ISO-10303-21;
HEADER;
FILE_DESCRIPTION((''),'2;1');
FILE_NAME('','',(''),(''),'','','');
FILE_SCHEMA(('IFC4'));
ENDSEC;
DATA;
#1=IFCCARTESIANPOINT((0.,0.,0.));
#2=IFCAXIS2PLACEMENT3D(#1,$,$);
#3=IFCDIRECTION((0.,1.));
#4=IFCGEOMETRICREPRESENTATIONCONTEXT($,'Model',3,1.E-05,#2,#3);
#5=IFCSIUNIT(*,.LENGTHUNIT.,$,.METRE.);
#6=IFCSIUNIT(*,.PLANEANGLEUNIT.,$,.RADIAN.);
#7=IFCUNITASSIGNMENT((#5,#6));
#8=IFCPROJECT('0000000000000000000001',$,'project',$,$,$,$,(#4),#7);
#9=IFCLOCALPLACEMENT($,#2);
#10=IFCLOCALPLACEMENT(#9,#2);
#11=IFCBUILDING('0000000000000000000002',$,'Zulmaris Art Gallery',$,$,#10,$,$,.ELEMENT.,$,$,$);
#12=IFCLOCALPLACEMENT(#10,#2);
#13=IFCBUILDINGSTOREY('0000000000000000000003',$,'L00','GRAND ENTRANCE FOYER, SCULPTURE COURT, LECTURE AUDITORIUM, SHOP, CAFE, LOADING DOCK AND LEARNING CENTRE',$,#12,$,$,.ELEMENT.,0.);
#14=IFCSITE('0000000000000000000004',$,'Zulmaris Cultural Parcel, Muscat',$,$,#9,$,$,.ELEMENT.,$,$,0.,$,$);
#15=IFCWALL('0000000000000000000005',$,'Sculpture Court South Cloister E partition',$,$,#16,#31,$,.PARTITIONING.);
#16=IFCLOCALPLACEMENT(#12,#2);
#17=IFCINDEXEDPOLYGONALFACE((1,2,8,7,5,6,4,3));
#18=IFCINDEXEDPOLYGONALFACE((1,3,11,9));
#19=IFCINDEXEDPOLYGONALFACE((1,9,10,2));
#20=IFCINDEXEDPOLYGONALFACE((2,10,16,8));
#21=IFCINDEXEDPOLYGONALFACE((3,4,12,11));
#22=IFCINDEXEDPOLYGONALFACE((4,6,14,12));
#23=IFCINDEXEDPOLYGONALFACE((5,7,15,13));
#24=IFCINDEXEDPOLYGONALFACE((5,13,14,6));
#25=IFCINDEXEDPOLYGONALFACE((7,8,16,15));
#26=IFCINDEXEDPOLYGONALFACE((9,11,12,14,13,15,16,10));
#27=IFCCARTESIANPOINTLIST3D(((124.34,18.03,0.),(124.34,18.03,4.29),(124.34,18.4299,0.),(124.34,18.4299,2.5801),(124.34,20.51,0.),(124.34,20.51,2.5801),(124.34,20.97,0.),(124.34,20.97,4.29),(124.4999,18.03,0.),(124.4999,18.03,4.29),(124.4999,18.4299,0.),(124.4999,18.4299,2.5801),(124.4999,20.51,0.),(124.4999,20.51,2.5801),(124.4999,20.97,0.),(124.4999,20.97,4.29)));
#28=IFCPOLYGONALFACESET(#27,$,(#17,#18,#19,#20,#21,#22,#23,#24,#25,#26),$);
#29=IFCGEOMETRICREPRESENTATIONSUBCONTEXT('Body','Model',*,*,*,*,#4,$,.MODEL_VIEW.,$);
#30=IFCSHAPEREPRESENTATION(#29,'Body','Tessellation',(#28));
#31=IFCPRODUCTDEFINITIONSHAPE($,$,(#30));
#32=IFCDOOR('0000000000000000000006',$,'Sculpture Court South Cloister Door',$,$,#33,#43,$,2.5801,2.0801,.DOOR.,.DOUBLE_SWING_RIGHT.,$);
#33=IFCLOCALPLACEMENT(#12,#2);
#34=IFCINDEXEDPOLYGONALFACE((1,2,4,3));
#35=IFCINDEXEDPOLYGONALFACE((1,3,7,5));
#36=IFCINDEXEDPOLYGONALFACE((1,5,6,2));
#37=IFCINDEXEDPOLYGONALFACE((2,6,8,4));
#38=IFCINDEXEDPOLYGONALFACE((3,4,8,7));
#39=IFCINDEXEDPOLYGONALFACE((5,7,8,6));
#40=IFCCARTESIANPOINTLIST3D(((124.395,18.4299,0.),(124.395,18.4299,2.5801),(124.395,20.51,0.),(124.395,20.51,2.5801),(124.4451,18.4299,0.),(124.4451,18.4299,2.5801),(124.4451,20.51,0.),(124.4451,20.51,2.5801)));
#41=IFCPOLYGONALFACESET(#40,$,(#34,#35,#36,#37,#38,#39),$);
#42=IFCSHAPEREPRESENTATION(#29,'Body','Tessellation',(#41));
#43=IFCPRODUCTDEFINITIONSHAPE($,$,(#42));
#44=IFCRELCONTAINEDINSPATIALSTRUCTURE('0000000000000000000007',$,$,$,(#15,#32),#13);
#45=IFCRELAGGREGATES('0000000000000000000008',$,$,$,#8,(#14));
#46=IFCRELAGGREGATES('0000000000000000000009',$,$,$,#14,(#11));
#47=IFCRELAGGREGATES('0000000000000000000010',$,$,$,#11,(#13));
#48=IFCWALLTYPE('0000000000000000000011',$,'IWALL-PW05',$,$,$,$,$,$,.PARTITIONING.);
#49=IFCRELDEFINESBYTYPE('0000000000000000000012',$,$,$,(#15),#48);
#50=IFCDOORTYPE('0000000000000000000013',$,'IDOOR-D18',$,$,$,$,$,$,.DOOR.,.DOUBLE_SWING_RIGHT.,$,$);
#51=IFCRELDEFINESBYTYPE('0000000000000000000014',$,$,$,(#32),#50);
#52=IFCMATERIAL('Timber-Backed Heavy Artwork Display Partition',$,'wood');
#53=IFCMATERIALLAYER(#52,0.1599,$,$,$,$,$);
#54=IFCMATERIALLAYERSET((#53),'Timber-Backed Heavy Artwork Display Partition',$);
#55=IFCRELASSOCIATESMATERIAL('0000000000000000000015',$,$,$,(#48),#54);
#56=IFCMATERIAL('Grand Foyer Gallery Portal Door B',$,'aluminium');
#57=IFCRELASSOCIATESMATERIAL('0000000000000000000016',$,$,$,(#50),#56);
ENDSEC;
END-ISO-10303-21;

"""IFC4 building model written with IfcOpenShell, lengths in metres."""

from ifc_helpers import new_model, si_unit, direction, frame, frame_2d, origin, place, context, subcontext, project, spatial, rectangle, extrude, material, layer, layer_set, type_object, element, fill, save


model = new_model("IFC4")

# Units and contexts
model_context = context("Model", 3, precision=1e-05, world=origin(), true_north=direction((0.0, 1.0)))
body_context = subcontext(model_context, "Body", "Model", "MODEL_VIEW")
ifc_project = project(units=[si_unit("LENGTHUNIT", "METRE"), si_unit("PLANEANGLEUNIT", "RADIAN")], contexts=[model_context])

# Site, building, storey
site_placement = place(None, origin())
site = spatial("IfcSite", under=ifc_project, at=site_placement, Name="Zulmaris Cultural Parcel, Muscat", CompositionType="ELEMENT", RefElevation=0.0)
building_placement = place(site_placement, origin())
building = spatial("IfcBuilding", under=site, at=building_placement, Name="Zulmaris Art Gallery", CompositionType="ELEMENT")
storey_placement = place(building_placement, origin())
storey = spatial("IfcBuildingStorey", under=building, at=storey_placement, Name="L00", Description="GRAND ENTRANCE FOYER, SCULPTURE COURT, LECTURE AUDITORIUM, SHOP, CAFE, LOADING DOCK AND LEARNING CENTRE", CompositionType="ELEMENT", Elevation=0.0)

# Wall, opening, door
ifc_material_1 = material(Name="Timber-Backed Heavy Artwork Display Partition", Category="wood")
ifc_layer_1 = layer(ifc_material_1, 0.1599)
ifc_layer_set_1 = layer_set([ifc_layer_1], Name="Timber-Backed Heavy Artwork Display Partition")
wall_type = type_object("IfcWallType", Name="IWALL-PW05", PredefinedType="PARTITIONING", material=ifc_layer_set_1)
wall_placement = place(storey_placement, frame((124.4199, 18.03, 0.0), z_axis=(0.0, 0.0, 1.0), x_axis=(0.0, 1.0, 0.0)))
wall = element("IfcWall", 1, at=wall_placement, inside=storey, type_object=wall_type, Name="Sculpture Court South Cloister E partition", PredefinedType="PARTITIONING", context=body_context, shape_type="SweptSolid", body=[
    extrude(rectangle(XDim=2.9399, YDim=0.1599, at=frame_2d((1.47, 0.0))), origin(), (0.0, 0.0, 1.0), 4.29),
])
opening_placement = place(wall_placement, frame((0.3999, 0.0, 0.0)))
opening = element("IfcOpeningElement", 2, at=opening_placement, cuts=wall, PredefinedType="OPENING", context=body_context, shape_type="SweptSolid", body=[
    extrude(rectangle(XDim=2.0801, YDim=2.5801, at=frame_2d((1.04, 1.29))), frame((0.0, 0.0898, 0.0), z_axis=(0.0, -1.0, 0.0), x_axis=(1.0, 0.0, 0.0)), (0.0, 0.0, 1.0), 0.1799),
])
ifc_material_2 = material(Name="Grand Foyer Gallery Portal Door B", Category="aluminium")
door_type = type_object("IfcDoorType", Name="IDOOR-D18", OperationType="DOUBLE_SWING_RIGHT", PredefinedType="DOOR", material=ifc_material_2)
door_placement = place(opening_placement, origin())
door = element("IfcDoor", 3, at=door_placement, inside=storey, type_object=door_type, Name="Sculpture Court South Cloister Door", OperationType="DOUBLE_SWING_RIGHT", OverallHeight=2.5801, OverallWidth=2.0801, PredefinedType="DOOR", context=body_context, shape_type="SweptSolid", body=[
    extrude(rectangle(XDim=2.0801, YDim=2.5801, at=frame_2d((1.04, 1.29))), frame((0.0, 0.0249, 0.0), z_axis=(0.0, -1.0, 0.0), x_axis=(1.0, 0.0, 0.0)), (0.0, 0.0, 1.0), 0.05),
])
fill(opening, door)

save(model, "model.ifc")
